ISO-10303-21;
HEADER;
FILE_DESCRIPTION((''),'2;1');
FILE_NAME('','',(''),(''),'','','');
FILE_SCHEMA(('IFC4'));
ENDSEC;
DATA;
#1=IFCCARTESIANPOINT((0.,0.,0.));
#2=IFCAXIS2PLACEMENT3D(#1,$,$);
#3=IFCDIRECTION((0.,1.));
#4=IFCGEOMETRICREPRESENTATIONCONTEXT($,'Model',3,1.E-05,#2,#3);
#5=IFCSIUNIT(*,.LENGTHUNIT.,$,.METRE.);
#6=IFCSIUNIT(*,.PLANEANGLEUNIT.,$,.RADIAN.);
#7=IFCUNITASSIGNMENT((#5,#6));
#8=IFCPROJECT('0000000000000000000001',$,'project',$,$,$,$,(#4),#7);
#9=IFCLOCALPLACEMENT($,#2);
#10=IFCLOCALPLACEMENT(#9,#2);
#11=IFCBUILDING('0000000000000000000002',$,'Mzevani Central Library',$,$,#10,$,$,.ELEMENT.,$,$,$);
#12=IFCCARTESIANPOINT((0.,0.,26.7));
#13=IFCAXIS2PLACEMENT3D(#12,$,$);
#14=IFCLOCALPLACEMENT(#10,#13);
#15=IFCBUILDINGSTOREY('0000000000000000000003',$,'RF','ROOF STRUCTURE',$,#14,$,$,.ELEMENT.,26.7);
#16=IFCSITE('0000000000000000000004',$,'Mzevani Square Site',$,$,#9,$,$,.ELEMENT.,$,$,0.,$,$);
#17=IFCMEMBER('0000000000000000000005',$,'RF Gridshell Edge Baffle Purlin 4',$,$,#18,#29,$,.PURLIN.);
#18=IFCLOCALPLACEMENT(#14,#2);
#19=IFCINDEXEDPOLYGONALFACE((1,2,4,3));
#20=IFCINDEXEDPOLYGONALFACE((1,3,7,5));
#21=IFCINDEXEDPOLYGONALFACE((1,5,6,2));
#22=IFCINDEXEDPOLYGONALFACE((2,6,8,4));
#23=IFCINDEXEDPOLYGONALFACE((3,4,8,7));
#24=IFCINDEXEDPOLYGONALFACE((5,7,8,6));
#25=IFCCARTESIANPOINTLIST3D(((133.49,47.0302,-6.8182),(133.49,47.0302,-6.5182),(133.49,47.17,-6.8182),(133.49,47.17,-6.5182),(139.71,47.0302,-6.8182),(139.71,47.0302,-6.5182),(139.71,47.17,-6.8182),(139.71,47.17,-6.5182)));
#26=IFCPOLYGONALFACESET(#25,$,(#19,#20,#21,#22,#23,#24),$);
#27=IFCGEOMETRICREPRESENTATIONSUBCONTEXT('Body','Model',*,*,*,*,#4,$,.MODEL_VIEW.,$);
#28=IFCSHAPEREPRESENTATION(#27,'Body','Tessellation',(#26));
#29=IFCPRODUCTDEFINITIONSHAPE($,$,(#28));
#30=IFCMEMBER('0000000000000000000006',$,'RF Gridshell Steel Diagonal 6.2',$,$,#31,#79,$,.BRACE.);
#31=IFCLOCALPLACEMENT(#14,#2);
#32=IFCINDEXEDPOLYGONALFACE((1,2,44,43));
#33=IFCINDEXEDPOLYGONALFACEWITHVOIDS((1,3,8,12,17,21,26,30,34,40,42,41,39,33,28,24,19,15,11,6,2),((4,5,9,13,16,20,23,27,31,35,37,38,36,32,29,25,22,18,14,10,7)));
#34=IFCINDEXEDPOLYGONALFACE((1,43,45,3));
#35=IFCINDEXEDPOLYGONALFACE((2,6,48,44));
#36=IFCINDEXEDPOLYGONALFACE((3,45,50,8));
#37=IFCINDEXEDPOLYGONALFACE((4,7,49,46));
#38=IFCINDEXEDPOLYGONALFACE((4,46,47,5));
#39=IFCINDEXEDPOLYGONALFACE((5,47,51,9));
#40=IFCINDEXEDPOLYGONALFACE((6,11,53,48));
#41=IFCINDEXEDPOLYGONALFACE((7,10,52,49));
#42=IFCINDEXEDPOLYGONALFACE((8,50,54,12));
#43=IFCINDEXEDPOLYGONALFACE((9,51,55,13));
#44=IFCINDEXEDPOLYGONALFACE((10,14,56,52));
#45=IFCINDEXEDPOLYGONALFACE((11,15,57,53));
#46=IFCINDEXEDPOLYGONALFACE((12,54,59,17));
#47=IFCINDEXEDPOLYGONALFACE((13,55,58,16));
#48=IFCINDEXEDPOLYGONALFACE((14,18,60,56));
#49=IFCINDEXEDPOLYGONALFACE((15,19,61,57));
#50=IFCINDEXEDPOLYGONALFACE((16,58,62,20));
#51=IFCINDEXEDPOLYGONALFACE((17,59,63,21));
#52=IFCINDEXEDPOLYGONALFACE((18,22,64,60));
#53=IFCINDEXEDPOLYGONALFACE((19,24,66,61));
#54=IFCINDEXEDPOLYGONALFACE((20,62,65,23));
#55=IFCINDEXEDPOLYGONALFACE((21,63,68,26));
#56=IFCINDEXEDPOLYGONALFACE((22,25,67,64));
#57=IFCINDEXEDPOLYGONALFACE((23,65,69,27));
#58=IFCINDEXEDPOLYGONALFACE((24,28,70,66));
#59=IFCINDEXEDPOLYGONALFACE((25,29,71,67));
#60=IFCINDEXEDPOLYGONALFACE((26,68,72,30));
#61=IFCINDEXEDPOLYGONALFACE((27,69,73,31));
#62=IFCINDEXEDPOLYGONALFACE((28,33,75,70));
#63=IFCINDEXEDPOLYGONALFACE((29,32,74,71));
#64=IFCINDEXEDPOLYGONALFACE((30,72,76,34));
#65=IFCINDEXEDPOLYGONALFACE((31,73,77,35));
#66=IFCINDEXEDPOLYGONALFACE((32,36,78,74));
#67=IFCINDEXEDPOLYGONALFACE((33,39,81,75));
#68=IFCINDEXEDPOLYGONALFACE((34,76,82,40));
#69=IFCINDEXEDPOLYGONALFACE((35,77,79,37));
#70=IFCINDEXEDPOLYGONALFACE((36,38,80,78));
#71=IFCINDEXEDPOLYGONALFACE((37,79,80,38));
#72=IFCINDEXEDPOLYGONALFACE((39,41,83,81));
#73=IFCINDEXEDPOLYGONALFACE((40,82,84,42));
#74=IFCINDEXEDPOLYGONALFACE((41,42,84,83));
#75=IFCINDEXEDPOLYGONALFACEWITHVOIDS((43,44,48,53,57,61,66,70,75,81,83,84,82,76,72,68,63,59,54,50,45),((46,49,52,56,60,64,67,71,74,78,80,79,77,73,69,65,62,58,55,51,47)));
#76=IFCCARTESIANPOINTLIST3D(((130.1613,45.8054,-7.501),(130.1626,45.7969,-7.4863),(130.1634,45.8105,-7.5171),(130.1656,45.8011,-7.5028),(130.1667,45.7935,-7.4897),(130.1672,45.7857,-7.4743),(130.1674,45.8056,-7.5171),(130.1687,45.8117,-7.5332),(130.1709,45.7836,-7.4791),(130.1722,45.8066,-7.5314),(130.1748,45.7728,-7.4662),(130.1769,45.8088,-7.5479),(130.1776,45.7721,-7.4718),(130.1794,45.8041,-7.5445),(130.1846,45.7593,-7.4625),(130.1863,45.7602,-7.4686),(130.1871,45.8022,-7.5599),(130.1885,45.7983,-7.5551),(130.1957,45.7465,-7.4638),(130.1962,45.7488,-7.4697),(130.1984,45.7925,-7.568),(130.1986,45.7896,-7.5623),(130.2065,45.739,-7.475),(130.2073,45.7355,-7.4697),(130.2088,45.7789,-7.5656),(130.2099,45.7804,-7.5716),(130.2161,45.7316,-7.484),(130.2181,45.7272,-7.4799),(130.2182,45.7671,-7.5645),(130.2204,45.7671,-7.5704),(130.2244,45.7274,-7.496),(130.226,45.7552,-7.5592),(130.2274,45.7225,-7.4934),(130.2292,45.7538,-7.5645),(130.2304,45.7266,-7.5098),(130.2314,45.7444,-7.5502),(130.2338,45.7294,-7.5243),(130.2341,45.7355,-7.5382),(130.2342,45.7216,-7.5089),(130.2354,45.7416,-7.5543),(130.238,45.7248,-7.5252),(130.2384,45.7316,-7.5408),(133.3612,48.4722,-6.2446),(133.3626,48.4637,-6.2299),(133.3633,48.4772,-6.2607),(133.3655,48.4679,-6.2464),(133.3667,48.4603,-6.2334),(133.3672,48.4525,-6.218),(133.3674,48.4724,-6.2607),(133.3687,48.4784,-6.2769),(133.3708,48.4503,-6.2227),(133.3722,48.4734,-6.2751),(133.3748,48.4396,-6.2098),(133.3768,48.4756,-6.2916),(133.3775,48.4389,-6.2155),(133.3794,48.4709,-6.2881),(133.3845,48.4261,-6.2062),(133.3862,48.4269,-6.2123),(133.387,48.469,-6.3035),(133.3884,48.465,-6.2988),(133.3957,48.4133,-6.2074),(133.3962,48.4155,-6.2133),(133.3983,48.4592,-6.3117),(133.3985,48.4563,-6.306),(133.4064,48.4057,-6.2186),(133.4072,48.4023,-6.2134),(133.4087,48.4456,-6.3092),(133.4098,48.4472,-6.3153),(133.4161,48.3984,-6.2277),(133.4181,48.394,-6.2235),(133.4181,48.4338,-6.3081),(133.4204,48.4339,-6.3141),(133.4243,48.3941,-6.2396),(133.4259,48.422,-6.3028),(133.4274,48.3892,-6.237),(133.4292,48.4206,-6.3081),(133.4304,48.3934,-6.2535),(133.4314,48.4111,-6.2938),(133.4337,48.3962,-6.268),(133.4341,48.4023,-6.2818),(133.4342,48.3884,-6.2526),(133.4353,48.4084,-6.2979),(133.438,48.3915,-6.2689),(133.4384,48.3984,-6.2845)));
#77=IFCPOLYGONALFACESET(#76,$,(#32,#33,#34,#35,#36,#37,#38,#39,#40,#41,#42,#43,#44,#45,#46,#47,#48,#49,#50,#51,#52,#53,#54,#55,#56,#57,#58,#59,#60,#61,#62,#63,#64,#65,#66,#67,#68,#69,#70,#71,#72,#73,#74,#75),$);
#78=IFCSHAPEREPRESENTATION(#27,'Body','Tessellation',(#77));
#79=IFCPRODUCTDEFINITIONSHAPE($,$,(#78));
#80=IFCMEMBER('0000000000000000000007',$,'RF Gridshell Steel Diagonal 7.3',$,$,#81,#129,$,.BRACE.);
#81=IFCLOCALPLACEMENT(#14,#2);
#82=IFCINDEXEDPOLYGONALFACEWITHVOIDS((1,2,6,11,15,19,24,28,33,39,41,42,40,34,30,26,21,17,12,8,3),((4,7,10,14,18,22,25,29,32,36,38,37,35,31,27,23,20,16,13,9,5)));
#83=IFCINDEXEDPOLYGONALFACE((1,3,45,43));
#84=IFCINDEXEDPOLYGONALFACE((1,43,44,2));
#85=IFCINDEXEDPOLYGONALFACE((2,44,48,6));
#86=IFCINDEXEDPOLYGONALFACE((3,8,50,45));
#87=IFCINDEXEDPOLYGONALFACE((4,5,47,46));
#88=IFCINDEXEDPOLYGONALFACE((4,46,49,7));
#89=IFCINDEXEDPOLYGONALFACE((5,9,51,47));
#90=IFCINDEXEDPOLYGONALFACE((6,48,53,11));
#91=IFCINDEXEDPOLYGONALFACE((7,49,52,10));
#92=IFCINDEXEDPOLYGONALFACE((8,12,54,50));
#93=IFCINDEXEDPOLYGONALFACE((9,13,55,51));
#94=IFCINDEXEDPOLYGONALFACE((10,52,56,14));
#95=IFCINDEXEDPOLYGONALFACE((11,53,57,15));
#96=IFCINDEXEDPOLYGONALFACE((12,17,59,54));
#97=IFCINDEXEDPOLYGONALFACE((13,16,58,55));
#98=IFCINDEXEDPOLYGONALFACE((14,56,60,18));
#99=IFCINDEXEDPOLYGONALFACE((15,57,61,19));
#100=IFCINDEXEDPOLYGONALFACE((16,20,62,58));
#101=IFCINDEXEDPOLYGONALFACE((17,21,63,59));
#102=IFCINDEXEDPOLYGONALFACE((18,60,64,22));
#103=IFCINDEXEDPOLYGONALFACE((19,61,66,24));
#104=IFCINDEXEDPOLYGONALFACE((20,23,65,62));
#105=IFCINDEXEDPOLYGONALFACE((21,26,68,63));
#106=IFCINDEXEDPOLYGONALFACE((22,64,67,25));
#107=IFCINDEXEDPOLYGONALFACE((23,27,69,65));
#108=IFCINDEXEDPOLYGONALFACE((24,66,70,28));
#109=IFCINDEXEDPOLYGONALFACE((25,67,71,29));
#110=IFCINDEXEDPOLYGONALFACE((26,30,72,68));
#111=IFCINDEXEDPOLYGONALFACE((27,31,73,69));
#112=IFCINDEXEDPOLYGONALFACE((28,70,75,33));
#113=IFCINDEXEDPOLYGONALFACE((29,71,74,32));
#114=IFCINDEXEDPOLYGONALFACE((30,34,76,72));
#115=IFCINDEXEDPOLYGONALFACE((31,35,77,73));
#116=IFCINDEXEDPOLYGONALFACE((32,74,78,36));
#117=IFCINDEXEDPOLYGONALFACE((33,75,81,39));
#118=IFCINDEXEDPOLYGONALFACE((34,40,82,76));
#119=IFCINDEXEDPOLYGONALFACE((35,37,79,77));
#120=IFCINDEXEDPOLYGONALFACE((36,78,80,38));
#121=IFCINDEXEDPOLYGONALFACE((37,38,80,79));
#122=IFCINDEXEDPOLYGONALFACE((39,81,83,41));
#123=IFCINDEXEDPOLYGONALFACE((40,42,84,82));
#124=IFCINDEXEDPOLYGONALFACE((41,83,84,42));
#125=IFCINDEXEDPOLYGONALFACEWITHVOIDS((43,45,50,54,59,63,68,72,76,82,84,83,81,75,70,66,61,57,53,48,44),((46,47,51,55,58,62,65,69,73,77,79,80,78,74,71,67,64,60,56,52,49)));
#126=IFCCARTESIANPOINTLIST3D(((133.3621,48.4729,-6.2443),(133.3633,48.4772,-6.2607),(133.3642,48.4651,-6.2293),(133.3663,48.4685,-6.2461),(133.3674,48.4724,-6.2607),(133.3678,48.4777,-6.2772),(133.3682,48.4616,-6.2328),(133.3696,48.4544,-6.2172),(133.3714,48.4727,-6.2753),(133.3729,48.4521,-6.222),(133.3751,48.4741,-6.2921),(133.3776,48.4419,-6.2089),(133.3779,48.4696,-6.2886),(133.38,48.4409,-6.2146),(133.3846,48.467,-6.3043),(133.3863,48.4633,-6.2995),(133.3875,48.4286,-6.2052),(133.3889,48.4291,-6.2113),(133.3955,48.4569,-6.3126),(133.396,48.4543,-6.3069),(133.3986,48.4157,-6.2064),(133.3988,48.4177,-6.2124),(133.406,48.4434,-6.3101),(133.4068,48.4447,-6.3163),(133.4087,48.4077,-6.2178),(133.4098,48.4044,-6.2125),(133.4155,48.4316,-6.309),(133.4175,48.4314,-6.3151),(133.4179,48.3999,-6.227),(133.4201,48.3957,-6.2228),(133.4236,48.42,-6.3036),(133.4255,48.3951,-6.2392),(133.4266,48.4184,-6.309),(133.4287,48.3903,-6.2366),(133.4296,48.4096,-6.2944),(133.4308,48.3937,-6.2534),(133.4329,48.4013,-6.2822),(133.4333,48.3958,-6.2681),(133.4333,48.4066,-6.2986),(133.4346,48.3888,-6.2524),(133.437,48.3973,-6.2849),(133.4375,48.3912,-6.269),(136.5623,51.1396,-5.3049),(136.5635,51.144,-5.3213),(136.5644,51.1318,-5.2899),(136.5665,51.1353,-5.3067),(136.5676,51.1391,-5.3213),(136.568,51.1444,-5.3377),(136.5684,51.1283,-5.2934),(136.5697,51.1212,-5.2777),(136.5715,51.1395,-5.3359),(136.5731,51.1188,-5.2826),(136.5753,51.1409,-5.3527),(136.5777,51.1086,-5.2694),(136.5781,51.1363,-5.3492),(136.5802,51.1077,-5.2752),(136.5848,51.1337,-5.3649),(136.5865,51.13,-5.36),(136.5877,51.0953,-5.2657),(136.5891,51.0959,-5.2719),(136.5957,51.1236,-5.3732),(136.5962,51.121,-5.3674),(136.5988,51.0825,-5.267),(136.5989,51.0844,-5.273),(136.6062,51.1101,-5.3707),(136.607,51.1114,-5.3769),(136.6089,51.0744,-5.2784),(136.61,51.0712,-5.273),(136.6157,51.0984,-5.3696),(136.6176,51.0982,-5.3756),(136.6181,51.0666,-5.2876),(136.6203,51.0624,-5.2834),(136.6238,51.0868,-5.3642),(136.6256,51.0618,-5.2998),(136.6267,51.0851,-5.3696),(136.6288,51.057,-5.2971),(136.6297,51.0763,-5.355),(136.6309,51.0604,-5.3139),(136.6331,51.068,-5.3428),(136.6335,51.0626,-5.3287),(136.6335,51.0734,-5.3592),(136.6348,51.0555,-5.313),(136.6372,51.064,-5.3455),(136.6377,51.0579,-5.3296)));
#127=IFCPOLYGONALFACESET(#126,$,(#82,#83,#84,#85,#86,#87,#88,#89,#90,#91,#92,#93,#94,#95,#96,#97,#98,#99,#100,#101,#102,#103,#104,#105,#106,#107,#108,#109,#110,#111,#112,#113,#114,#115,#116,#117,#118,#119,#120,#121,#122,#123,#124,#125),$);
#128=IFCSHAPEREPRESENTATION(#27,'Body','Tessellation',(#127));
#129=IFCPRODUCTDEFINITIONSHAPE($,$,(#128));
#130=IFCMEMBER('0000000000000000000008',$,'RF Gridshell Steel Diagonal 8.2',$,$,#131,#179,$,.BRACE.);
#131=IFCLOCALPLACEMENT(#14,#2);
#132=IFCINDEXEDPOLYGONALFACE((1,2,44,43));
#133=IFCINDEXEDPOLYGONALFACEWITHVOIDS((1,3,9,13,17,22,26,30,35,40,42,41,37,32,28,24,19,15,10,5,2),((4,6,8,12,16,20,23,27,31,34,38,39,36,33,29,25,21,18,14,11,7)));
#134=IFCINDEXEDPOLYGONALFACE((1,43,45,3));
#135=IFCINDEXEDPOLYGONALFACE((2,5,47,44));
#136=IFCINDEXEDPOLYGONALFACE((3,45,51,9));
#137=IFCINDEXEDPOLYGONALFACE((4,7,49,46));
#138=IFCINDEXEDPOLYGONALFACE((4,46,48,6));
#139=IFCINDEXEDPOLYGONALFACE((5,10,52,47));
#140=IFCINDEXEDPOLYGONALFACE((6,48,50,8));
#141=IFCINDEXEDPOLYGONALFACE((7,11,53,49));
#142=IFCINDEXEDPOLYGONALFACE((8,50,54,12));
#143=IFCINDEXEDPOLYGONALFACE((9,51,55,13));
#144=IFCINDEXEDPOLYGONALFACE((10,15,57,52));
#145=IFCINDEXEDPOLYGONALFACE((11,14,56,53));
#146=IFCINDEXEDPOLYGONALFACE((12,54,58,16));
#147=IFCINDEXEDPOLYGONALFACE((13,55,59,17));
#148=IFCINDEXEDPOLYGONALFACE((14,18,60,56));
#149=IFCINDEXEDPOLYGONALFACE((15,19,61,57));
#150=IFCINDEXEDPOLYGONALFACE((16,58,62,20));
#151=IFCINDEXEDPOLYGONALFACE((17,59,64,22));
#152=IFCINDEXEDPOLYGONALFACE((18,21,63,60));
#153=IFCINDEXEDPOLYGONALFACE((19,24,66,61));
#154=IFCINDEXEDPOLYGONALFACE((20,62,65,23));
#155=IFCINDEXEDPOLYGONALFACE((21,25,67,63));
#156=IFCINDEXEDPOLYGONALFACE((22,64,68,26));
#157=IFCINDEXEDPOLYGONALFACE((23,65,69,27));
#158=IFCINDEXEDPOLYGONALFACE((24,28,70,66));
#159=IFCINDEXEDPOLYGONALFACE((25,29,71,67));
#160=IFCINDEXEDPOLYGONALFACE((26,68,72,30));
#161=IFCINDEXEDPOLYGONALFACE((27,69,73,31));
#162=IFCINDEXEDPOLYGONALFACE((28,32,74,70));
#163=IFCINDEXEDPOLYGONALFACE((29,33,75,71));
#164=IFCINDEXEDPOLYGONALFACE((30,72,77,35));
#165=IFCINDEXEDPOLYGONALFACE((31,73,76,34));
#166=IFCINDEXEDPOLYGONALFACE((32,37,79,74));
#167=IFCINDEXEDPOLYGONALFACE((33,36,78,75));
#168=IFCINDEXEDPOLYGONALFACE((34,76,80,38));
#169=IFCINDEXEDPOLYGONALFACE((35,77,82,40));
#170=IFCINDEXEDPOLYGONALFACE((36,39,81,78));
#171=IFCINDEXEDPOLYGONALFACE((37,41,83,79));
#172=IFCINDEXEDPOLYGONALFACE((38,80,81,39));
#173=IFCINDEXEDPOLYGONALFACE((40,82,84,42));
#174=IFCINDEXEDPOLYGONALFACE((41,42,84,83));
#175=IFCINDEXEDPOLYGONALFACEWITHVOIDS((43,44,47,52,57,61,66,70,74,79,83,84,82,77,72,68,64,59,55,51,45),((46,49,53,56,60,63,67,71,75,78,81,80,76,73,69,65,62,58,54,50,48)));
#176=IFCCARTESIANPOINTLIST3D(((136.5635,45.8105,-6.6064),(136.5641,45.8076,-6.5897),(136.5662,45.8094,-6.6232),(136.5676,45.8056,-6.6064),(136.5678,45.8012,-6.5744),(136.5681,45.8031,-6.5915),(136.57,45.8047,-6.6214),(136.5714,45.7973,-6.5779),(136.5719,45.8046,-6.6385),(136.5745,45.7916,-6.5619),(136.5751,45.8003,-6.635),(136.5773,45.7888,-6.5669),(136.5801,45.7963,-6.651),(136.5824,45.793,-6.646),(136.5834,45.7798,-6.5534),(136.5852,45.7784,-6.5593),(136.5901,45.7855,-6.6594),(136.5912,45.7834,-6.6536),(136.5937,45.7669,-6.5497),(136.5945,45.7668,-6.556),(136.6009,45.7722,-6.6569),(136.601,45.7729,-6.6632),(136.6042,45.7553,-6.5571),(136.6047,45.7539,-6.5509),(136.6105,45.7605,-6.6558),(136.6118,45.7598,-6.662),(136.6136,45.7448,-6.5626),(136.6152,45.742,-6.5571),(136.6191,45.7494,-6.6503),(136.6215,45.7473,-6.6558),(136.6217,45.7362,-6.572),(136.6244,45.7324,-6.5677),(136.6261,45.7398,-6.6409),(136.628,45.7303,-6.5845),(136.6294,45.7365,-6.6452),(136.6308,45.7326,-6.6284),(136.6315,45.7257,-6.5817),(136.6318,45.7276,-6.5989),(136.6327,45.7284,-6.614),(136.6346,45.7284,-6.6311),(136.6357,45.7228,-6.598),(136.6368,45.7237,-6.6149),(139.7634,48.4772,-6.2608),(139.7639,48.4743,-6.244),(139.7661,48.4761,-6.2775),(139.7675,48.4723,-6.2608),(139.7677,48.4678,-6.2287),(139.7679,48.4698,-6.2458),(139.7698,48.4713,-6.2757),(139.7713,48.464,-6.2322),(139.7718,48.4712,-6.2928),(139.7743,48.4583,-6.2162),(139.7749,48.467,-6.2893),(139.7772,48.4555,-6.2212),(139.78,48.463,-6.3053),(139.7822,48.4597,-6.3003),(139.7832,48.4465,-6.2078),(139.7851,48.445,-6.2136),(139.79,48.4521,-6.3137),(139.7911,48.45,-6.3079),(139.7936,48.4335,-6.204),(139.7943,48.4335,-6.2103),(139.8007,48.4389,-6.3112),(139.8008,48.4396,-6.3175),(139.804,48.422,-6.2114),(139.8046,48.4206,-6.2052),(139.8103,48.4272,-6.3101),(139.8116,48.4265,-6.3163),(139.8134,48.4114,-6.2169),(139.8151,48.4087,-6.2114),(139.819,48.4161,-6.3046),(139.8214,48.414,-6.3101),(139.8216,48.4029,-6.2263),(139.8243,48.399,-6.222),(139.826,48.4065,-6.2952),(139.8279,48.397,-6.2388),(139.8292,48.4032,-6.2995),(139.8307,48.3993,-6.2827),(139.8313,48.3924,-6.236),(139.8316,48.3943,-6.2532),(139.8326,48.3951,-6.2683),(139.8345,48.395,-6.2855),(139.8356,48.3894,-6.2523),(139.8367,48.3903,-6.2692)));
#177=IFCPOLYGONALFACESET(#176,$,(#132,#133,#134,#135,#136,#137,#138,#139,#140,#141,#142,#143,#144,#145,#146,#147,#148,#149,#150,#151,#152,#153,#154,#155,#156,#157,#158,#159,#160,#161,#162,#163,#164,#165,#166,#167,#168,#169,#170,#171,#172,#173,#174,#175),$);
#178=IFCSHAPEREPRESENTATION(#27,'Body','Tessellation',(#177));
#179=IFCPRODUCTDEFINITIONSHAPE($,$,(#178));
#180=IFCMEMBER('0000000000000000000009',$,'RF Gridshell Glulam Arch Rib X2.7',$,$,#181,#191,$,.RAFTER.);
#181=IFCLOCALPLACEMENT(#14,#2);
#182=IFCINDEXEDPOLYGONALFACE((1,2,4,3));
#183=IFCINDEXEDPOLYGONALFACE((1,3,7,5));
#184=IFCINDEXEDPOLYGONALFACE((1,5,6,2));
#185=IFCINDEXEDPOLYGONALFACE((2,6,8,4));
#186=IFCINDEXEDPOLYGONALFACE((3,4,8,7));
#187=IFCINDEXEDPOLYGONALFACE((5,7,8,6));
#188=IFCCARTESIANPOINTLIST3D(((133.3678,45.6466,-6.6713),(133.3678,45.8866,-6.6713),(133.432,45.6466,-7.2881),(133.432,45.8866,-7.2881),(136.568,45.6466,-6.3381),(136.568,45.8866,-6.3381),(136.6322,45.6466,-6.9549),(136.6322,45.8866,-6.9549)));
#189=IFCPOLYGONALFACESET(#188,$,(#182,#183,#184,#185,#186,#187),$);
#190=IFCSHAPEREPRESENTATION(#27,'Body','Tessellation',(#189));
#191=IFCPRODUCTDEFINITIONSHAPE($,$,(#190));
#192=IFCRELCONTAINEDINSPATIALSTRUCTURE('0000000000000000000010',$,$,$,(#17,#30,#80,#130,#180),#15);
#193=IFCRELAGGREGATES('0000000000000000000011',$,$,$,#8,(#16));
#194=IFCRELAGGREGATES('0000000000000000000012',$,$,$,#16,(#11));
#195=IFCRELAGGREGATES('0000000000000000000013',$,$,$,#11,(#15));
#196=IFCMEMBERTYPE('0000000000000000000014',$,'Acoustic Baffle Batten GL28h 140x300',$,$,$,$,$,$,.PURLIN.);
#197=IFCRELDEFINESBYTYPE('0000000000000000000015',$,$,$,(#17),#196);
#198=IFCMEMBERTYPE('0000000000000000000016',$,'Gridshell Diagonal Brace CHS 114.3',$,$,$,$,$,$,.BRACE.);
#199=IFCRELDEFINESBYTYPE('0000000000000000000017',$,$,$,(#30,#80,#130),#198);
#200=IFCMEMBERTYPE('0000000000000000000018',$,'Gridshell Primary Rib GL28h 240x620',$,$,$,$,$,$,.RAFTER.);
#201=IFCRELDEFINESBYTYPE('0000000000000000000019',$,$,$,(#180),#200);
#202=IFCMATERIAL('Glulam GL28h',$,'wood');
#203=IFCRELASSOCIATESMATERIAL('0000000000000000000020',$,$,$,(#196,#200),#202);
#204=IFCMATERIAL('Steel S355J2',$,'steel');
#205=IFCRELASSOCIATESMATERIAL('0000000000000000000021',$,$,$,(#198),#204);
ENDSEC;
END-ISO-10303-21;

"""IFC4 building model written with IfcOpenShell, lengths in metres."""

from ifc_helpers import new_model, si_unit, direction, frame, origin, origin_2d, place, context, subcontext, project, spatial, rectangle, hollow_circle, extrude, material, material_profile, profile_set, type_object, element, save


model = new_model("IFC4")

# Units and contexts
model_context = context("Model", 3, precision=1e-05, world=origin(), true_north=direction((0.0, 1.0)))
body_context = subcontext(model_context, "Body", "Model", "MODEL_VIEW")
ifc_project = project(units=[si_unit("LENGTHUNIT", "METRE"), si_unit("PLANEANGLEUNIT", "RADIAN")], contexts=[model_context])

# Site, building, storey
site_placement = place(None, origin())
site = spatial("IfcSite", under=ifc_project, at=site_placement, Name="Mzevani Square Site", CompositionType="ELEMENT", RefElevation=0.0)
building_placement = place(site_placement, origin())
building = spatial("IfcBuilding", under=site, at=building_placement, Name="Mzevani Central Library", CompositionType="ELEMENT")
storey_placement = place(building_placement, frame((0.0, 0.0, 26.7)))
storey = spatial("IfcBuildingStorey", under=building, at=storey_placement, Name="RF", Description="ROOF STRUCTURE", CompositionType="ELEMENT", Elevation=26.7)

# Members
ifc_material_1 = material(Name="Glulam GL28h", Category="wood")
ifc_material_profile_1 = material_profile(ifc_material_1, rectangle(XDim=0.1399, YDim=0.3, at=origin_2d()), Name="GL28h 140x300")
ifc_profile_set_1 = profile_set([ifc_material_profile_1], Name="Glulam GL28h")
member_type_1 = type_object("IfcMemberType", Name="Acoustic Baffle Batten GL28h 140x300", PredefinedType="PURLIN", material=ifc_profile_set_1)
member_1_placement = place(storey_placement, frame((133.49, 47.1001, -6.6682), z_axis=(1.0, 0.0, 0.0), x_axis=(0.0, 1.0, 0.0)))
element("IfcMember", 1, at=member_1_placement, inside=storey, type_object=member_type_1, Name="RF Gridshell Edge Baffle Purlin 4", PredefinedType="PURLIN", context=body_context, shape_type="SweptSolid", body=[
    extrude(rectangle(XDim=0.1399, YDim=0.3, at=origin_2d()), origin(), (0.0, 0.0, 1.0), 6.22),
])
ifc_material_2 = material(Name="Steel S355J2", Category="steel")
ifc_material_profile_2 = material_profile(ifc_material_2, hollow_circle(Radius=0.0571, WallThickness=0.0063, at=origin_2d()), Name="CHS 114.3x6.3")
ifc_profile_set_2 = profile_set([ifc_material_profile_2], Name="Steel S355J2")
member_type_2 = type_object("IfcMemberType", Name="Gridshell Diagonal Brace CHS 114.3", PredefinedType="BRACE", material=ifc_profile_set_2)
member_2_placement = place(storey_placement, frame((130.2, 45.7666, -7.5171), z_axis=(0.735482, 0.61293, 0.288761), x_axis=(-0.640202, 0.768207, 0.0)))
element("IfcMember", 2, at=member_2_placement, inside=storey, type_object=member_type_2, Name="RF Gridshell Steel Diagonal 6.2", PredefinedType="BRACE", context=body_context, shape_type="SweptSolid", body=[
    extrude(hollow_circle(Radius=0.0571, WallThickness=0.0063, at=origin_2d()), origin(), (0.0, 0.0, 1.0), 4.3508),
])
member_3_placement = place(storey_placement, frame((133.3999, 48.4333, -6.2607), z_axis=(0.74941, 0.624489, 0.219998), x_axis=(-0.640173, 0.768231, 0.0)))
element("IfcMember", 3, at=member_3_placement, inside=storey, type_object=member_type_2, Name="RF Gridshell Steel Diagonal 7.3", PredefinedType="BRACE", context=body_context, shape_type="SweptSolid", body=[
    extrude(hollow_circle(Radius=0.0571, WallThickness=0.0063, at=origin_2d()), origin(), (0.0, 0.0, 1.0), 4.2703),
])
member_4_placement = place(storey_placement, frame((136.6001, 45.7666, -6.6064), z_axis=(0.765575, 0.638008, 0.082708), x_axis=(-0.640202, 0.768207, 0.0)))
element("IfcMember", 4, at=member_4_placement, inside=storey, type_object=member_type_2, Name="RF Gridshell Steel Diagonal 8.2", PredefinedType="BRACE", context=body_context, shape_type="SweptSolid", body=[
    extrude(hollow_circle(Radius=0.0571, WallThickness=0.0063, at=origin_2d()), origin(), (0.0, 0.0, 1.0), 4.1797),
])
ifc_material_profile_3 = material_profile(ifc_material_1, rectangle(XDim=0.24, YDim=0.6201, at=origin_2d()), Name="GL28h 240x620")
ifc_profile_set_3 = profile_set([ifc_material_profile_3], Name="Glulam GL28h")
member_type_3 = type_object("IfcMemberType", Name="Gridshell Primary Rib GL28h 240x620", PredefinedType="RAFTER", material=ifc_profile_set_3)
member_5_placement = place(storey_placement, frame((133.3999, 45.7666, -6.9797), z_axis=(0.994622, 0.0, 0.103575), x_axis=(0.0, 1.0, 0.0)))
element("IfcMember", 5, at=member_5_placement, inside=storey, type_object=member_type_3, Name="RF Gridshell Glulam Arch Rib X2.7", PredefinedType="RAFTER", context=body_context, shape_type="SweptSolid", body=[
    extrude(rectangle(XDim=0.24, YDim=0.6201, at=origin_2d()), origin(), (0.0, 0.0, 1.0), 3.2175),
])

save(model, "model.ifc")
